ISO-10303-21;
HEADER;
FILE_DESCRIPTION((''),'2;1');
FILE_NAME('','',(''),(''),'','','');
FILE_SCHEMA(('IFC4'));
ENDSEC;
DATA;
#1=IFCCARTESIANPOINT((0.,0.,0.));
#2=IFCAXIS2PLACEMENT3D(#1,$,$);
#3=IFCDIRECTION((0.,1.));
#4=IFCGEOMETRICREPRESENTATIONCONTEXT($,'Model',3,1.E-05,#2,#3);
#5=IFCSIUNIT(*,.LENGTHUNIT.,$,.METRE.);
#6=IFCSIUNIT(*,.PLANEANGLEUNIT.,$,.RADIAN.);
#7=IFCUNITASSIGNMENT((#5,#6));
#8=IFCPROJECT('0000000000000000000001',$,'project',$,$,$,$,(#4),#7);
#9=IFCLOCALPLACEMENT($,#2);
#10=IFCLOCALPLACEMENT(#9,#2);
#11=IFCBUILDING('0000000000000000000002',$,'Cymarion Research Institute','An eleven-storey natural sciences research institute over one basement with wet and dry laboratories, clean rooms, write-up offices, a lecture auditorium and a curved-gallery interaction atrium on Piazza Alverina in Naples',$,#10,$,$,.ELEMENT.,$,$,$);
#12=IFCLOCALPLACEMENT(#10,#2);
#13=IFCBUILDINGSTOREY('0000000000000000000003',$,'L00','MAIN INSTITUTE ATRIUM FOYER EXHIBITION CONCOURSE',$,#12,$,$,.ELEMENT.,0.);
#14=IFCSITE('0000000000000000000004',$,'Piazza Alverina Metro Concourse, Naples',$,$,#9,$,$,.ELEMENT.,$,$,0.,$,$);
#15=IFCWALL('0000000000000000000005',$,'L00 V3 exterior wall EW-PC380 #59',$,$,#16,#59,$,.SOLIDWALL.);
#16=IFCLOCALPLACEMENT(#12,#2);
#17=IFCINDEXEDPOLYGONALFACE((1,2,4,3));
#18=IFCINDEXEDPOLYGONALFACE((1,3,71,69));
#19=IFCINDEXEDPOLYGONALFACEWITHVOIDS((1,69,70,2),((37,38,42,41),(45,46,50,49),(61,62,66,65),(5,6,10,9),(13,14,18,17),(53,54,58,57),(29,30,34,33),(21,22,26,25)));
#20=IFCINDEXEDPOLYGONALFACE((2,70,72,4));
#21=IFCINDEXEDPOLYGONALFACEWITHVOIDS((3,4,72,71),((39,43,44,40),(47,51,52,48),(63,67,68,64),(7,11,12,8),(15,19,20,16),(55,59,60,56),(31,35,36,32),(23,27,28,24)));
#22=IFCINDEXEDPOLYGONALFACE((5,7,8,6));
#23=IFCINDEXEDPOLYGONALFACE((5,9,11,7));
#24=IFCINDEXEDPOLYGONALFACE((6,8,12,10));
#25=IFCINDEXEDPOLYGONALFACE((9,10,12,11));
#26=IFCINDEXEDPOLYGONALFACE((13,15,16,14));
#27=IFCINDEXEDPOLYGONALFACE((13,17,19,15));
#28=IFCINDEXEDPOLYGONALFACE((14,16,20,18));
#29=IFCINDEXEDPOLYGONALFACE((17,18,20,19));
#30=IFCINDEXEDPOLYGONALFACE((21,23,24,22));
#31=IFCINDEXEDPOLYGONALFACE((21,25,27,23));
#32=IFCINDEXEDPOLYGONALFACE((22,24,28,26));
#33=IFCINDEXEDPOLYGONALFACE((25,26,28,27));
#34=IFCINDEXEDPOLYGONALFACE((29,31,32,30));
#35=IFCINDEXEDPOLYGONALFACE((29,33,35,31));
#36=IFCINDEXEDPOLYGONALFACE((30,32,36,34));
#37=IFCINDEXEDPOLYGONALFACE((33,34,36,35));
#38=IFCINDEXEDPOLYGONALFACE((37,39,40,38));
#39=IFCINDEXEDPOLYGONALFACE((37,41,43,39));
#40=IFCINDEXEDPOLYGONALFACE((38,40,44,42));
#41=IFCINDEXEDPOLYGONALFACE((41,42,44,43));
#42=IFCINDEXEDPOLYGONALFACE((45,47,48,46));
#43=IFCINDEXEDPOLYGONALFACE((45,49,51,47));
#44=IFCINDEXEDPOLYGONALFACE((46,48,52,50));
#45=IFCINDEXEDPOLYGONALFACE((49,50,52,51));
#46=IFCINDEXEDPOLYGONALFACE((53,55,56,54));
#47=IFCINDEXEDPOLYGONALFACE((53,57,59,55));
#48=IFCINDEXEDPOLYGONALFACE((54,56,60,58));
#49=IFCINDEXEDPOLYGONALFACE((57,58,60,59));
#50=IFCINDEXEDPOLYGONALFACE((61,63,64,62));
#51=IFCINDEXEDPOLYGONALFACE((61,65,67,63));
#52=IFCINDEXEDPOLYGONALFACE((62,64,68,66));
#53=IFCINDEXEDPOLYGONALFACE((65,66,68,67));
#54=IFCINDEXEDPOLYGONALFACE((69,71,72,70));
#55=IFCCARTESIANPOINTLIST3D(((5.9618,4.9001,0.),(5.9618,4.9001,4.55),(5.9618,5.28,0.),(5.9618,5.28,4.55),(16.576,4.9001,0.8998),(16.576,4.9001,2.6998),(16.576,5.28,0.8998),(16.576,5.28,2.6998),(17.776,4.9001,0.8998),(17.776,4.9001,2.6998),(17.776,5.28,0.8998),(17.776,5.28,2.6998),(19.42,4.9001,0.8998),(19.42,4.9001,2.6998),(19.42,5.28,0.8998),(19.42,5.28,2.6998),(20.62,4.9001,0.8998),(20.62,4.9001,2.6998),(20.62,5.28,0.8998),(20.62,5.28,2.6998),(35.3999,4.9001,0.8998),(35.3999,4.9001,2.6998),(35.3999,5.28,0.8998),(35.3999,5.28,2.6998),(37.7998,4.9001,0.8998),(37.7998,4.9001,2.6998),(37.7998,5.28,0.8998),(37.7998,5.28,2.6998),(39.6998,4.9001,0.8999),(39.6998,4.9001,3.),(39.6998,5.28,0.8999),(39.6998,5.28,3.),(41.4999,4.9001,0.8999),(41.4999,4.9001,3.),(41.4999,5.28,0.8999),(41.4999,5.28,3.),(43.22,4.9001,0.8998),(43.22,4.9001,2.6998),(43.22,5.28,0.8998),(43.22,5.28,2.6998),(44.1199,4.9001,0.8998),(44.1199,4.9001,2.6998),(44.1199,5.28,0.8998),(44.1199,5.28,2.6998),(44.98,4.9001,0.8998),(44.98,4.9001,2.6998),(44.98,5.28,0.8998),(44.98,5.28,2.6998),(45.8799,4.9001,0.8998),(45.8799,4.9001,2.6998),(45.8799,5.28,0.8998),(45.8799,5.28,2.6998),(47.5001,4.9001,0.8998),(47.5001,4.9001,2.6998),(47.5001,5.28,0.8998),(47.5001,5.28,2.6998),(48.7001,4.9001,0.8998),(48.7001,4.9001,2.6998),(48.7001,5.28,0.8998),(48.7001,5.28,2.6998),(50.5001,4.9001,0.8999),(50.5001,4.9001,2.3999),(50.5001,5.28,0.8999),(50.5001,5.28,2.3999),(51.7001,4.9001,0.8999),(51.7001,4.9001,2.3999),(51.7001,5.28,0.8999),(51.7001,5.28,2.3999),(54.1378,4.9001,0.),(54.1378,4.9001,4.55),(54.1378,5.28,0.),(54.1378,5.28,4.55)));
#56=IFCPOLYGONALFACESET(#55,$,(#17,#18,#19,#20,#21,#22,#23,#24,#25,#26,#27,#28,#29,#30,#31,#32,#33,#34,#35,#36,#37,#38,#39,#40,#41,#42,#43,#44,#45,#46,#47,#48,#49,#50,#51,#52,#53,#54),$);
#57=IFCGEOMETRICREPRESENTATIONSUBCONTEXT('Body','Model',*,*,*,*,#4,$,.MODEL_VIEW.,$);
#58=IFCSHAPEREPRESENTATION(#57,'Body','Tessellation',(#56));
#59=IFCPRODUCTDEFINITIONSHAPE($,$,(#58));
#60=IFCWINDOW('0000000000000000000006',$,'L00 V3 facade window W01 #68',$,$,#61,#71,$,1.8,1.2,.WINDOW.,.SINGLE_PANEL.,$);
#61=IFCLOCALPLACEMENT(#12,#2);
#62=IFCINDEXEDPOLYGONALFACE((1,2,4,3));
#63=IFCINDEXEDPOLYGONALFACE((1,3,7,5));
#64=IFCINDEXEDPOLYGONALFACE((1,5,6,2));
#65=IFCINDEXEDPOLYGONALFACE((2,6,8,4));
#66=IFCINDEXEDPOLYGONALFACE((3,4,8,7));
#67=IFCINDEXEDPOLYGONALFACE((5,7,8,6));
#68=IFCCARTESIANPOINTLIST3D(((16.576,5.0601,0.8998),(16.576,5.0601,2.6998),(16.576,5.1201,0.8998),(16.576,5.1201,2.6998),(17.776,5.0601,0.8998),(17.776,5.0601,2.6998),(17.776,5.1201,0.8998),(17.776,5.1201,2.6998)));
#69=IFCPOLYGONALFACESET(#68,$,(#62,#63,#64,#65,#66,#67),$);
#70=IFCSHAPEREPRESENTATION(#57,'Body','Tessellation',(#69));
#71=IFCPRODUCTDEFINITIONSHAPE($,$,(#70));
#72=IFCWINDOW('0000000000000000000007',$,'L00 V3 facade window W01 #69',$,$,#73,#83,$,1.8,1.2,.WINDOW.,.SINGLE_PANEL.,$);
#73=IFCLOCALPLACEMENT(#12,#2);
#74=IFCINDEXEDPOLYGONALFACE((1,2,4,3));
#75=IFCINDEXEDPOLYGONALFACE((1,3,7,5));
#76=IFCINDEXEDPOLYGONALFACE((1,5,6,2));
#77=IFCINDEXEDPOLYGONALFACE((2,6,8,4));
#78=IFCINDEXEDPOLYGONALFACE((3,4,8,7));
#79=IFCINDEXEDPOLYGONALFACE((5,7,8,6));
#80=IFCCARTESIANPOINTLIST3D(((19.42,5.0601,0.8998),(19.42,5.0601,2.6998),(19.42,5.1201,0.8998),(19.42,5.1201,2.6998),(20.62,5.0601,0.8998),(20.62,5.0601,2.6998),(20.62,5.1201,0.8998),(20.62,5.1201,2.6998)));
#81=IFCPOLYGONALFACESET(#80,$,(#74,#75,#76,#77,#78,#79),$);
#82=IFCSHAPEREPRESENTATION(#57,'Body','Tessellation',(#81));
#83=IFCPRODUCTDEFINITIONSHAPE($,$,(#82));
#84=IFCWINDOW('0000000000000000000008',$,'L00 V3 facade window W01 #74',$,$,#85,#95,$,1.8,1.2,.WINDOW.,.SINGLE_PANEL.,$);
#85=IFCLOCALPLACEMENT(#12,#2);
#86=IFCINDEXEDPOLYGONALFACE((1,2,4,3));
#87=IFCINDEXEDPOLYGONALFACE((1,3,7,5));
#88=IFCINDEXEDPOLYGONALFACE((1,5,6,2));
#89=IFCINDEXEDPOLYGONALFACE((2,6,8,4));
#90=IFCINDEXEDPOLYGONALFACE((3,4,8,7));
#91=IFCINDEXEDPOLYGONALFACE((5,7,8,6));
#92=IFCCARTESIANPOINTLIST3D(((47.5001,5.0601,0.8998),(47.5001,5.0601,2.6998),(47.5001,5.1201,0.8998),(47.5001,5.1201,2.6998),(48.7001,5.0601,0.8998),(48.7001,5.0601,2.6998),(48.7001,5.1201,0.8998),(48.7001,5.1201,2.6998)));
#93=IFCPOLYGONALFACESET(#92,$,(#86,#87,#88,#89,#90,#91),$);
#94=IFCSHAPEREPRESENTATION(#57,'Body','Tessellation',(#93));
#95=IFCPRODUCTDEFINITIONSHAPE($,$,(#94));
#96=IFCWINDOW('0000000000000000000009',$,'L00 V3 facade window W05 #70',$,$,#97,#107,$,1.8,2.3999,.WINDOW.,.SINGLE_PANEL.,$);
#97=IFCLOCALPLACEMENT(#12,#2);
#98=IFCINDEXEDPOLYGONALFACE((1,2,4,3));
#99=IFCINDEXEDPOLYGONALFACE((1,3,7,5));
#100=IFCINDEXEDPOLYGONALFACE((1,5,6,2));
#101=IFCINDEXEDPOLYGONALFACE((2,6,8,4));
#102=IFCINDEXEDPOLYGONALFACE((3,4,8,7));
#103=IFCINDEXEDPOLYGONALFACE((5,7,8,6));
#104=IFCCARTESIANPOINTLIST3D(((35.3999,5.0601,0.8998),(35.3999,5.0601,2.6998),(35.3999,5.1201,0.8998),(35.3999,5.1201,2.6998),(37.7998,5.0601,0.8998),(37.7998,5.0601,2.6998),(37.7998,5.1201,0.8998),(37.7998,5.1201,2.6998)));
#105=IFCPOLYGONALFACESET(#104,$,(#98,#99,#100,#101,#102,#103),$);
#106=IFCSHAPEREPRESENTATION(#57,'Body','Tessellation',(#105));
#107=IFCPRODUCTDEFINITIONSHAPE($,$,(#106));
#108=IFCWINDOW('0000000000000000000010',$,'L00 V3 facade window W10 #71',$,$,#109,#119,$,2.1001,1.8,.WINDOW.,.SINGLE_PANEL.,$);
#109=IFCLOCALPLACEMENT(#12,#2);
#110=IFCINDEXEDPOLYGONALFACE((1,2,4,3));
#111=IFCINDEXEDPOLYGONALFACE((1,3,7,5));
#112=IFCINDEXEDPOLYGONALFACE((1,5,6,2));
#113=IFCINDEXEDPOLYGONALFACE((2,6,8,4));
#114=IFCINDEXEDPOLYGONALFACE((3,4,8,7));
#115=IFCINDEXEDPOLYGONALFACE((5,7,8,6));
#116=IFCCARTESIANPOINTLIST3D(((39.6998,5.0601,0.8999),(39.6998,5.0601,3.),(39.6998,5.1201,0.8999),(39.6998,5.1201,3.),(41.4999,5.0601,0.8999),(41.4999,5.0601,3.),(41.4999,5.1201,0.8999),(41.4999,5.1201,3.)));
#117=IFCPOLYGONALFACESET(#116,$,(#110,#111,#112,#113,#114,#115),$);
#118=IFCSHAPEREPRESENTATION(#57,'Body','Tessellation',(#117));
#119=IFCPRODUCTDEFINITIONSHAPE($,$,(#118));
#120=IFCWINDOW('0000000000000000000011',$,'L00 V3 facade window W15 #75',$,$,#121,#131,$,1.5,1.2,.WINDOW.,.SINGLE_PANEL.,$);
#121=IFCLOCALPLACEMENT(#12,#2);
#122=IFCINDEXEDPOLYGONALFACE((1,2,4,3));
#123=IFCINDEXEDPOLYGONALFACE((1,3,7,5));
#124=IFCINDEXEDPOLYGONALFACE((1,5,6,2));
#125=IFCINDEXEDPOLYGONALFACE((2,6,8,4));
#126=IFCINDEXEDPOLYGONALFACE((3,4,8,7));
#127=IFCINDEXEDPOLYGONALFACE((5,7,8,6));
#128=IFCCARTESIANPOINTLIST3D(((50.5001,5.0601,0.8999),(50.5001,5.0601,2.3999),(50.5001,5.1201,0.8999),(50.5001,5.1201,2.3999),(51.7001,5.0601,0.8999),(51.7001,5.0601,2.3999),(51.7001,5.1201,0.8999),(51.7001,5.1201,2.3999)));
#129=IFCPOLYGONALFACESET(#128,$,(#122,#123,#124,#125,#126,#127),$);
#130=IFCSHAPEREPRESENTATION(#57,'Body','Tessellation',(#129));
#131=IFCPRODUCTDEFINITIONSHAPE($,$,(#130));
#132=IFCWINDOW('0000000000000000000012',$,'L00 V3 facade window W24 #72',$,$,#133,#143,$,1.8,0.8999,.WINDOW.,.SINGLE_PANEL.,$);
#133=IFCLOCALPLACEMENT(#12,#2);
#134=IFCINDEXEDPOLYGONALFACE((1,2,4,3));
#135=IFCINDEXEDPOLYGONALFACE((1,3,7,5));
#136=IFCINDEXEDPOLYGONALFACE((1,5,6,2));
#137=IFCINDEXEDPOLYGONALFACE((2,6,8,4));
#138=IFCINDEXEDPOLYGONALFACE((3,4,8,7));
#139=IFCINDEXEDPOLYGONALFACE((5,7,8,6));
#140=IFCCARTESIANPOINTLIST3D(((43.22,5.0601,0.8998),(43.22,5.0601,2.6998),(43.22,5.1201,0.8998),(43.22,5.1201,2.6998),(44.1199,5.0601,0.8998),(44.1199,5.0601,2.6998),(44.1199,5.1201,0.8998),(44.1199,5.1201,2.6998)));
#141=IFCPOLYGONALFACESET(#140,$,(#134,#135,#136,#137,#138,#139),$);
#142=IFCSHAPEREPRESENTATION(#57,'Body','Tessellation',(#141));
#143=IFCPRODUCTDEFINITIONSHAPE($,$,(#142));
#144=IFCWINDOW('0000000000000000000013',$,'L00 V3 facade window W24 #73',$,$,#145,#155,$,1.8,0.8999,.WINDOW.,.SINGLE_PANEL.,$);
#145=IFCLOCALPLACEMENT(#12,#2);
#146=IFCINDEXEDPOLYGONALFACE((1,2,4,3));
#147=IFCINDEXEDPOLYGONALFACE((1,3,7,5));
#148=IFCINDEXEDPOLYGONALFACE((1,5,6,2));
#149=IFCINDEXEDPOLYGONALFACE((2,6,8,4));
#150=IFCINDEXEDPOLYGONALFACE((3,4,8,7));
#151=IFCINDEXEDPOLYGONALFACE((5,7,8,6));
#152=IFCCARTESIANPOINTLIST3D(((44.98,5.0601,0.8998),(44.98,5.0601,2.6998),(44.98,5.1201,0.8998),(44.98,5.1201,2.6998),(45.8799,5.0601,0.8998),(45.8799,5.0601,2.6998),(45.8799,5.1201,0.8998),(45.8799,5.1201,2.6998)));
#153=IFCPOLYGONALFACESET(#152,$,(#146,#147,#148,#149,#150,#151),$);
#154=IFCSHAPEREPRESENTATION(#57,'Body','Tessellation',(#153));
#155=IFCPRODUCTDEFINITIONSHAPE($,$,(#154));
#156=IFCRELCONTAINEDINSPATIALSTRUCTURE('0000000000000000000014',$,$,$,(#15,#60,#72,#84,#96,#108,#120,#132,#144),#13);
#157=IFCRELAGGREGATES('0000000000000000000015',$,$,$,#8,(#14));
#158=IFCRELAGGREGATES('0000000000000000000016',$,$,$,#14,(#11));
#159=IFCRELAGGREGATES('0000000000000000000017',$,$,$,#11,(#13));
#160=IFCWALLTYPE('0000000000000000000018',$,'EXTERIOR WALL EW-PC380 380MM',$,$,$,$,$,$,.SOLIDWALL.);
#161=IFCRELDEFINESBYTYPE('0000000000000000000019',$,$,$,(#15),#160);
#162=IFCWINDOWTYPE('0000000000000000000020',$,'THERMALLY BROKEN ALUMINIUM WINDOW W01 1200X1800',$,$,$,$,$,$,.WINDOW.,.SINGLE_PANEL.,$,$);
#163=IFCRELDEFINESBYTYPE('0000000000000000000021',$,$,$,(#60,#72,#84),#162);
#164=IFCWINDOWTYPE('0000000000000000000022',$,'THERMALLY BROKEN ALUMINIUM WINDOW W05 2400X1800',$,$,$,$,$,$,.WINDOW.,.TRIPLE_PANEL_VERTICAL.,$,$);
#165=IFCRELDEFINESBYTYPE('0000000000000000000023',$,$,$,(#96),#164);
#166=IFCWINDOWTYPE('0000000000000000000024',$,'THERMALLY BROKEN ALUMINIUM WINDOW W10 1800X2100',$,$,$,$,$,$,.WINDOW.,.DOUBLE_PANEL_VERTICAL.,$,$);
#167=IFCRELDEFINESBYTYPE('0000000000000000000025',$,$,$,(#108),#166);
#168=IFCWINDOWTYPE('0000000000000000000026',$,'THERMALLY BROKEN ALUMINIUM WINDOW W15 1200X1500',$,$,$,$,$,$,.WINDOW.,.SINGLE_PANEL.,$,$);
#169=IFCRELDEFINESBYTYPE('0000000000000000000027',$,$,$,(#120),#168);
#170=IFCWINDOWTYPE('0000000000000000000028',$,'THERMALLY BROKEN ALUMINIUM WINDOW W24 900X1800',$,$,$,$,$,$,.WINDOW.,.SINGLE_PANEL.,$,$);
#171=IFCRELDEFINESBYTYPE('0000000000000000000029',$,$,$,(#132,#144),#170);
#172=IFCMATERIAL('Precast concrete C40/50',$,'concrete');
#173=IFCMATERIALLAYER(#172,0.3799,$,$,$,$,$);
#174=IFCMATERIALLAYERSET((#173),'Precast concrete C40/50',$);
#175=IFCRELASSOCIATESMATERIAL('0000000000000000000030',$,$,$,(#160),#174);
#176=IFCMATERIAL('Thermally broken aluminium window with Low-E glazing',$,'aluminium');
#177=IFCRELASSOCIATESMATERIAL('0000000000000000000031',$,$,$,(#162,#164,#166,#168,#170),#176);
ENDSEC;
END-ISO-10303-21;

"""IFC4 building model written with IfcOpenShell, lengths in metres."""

from ifc_helpers import new_model, si_unit, direction, frame, frame_2d, origin, place, context, subcontext, project, spatial, rectangle, extrude, material, layer, layer_set, type_object, element, fill, save


model = new_model("IFC4")

# Units and contexts
model_context = context("Model", 3, precision=1e-05, world=origin(), true_north=direction((0.0, 1.0)))
body_context = subcontext(model_context, "Body", "Model", "MODEL_VIEW")
ifc_project = project(units=[si_unit("LENGTHUNIT", "METRE"), si_unit("PLANEANGLEUNIT", "RADIAN")], contexts=[model_context])

# Site, building, storey
site_placement = place(None, origin())
site = spatial("IfcSite", under=ifc_project, at=site_placement, Name="Piazza Alverina Metro Concourse, Naples", CompositionType="ELEMENT", RefElevation=0.0)
building_placement = place(site_placement, origin())
building = spatial("IfcBuilding", under=site, at=building_placement, Name="Cymarion Research Institute", Description="An eleven-storey natural sciences research institute over one basement with wet and dry laboratories, clean rooms, write-up offices, a lecture auditorium and a curved-gallery interaction atrium on Piazza Alverina in Naples", CompositionType="ELEMENT")
storey_placement = place(building_placement, origin())
storey = spatial("IfcBuildingStorey", under=building, at=storey_placement, Name="L00", Description="MAIN INSTITUTE ATRIUM FOYER EXHIBITION CONCOURSE", CompositionType="ELEMENT", Elevation=0.0)

# Wall, openings, windows
ifc_material_1 = material(Name="Precast concrete C40/50", Category="concrete")
ifc_layer_1 = layer(ifc_material_1, 0.3799)
ifc_layer_set_1 = layer_set([ifc_layer_1], Name="Precast concrete C40/50")
wall_type = type_object("IfcWallType", Name="EXTERIOR WALL EW-PC380 380MM", PredefinedType="SOLIDWALL", material=ifc_layer_set_1)
wall_placement = place(storey_placement, frame((5.9619, 5.0901, 0.0), z_axis=(0.0, 0.0, 1.0), x_axis=(1.0, 0.0, 0.0)))
wall = element("IfcWall", 1, at=wall_placement, inside=storey, type_object=wall_type, Name="L00 V3 exterior wall EW-PC380 #59", PredefinedType="SOLIDWALL", context=body_context, shape_type="SweptSolid", body=[
    extrude(rectangle(XDim=48.176, YDim=0.3799, at=frame_2d((24.0879, 0.0))), origin(), (0.0, 0.0, 1.0), 4.55),
])
opening_1_placement = place(wall_placement, frame((10.614, 0.0, 0.8999)))
opening_1 = element("IfcOpeningElement", 2, at=opening_1_placement, cuts=wall, PredefinedType="OPENING", context=body_context, shape_type="SweptSolid", body=[
    extrude(rectangle(XDim=1.2, YDim=1.8, at=frame_2d((0.6001, 0.8999))), frame((0.0, 0.2, 0.0), z_axis=(0.0, -1.0, 0.0), x_axis=(1.0, 0.0, 0.0)), (0.0, 0.0, 1.0), 0.3999),
])
opening_2_placement = place(wall_placement, frame((13.458, 0.0, 0.8999)))
opening_2 = element("IfcOpeningElement", 3, at=opening_2_placement, cuts=wall, PredefinedType="OPENING", context=body_context, shape_type="SweptSolid", body=[
    extrude(rectangle(XDim=1.2, YDim=1.8, at=frame_2d((0.6001, 0.8999))), frame((0.0, 0.2, 0.0), z_axis=(0.0, -1.0, 0.0), x_axis=(1.0, 0.0, 0.0)), (0.0, 0.0, 1.0), 0.3999),
])
opening_3_placement = place(wall_placement, frame((29.438, 0.0, 0.8999)))
opening_3 = element("IfcOpeningElement", 4, at=opening_3_placement, cuts=wall, PredefinedType="OPENING", context=body_context, shape_type="SweptSolid", body=[
    extrude(rectangle(XDim=2.3999, YDim=1.8, at=frame_2d((1.2, 0.8999))), frame((0.0, 0.2, 0.0), z_axis=(0.0, -1.0, 0.0), x_axis=(1.0, 0.0, 0.0)), (0.0, 0.0, 1.0), 0.3999),
])
opening_4_placement = place(wall_placement, frame((33.738, 0.0, 0.8999)))
opening_4 = element("IfcOpeningElement", 5, at=opening_4_placement, cuts=wall, PredefinedType="OPENING", context=body_context, shape_type="SweptSolid", body=[
    extrude(rectangle(XDim=1.8, YDim=2.1001, at=frame_2d((0.8999, 1.05))), frame((0.0, 0.2, 0.0), z_axis=(0.0, -1.0, 0.0), x_axis=(1.0, 0.0, 0.0)), (0.0, 0.0, 1.0), 0.3999),
])
opening_5_placement = place(wall_placement, frame((37.2581, 0.0, 0.8999)))
opening_5 = element("IfcOpeningElement", 6, at=opening_5_placement, cuts=wall, PredefinedType="OPENING", context=body_context, shape_type="SweptSolid", body=[
    extrude(rectangle(XDim=0.8999, YDim=1.8, at=frame_2d((0.45, 0.8999))), frame((0.0, 0.2, 0.0), z_axis=(0.0, -1.0, 0.0), x_axis=(1.0, 0.0, 0.0)), (0.0, 0.0, 1.0), 0.3999),
])
opening_6_placement = place(wall_placement, frame((39.0181, 0.0, 0.8999)))
opening_6 = element("IfcOpeningElement", 7, at=opening_6_placement, cuts=wall, PredefinedType="OPENING", context=body_context, shape_type="SweptSolid", body=[
    extrude(rectangle(XDim=0.8999, YDim=1.8, at=frame_2d((0.45, 0.8999))), frame((0.0, 0.2, 0.0), z_axis=(0.0, -1.0, 0.0), x_axis=(1.0, 0.0, 0.0)), (0.0, 0.0, 1.0), 0.3999),
])
opening_7_placement = place(wall_placement, frame((41.5381, 0.0, 0.8999)))
opening_7 = element("IfcOpeningElement", 8, at=opening_7_placement, cuts=wall, PredefinedType="OPENING", context=body_context, shape_type="SweptSolid", body=[
    extrude(rectangle(XDim=1.2, YDim=1.8, at=frame_2d((0.6001, 0.8999))), frame((0.0, 0.2, 0.0), z_axis=(0.0, -1.0, 0.0), x_axis=(1.0, 0.0, 0.0)), (0.0, 0.0, 1.0), 0.3999),
])
opening_8_placement = place(wall_placement, frame((44.5381, 0.0, 0.8999)))
opening_8 = element("IfcOpeningElement", 9, at=opening_8_placement, cuts=wall, PredefinedType="OPENING", context=body_context, shape_type="SweptSolid", body=[
    extrude(rectangle(XDim=1.2, YDim=1.5, at=frame_2d((0.6001, 0.75))), frame((0.0, 0.2, 0.0), z_axis=(0.0, -1.0, 0.0), x_axis=(1.0, 0.0, 0.0)), (0.0, 0.0, 1.0), 0.3999),
])
ifc_material_2 = material(Name="Thermally broken aluminium window with Low-E glazing", Category="aluminium")
window_type_1 = type_object("IfcWindowType", Name="THERMALLY BROKEN ALUMINIUM WINDOW W01 1200X1800", PartitioningType="SINGLE_PANEL", PredefinedType="WINDOW", material=ifc_material_2)
window_1_placement = place(opening_1_placement, origin())
window_1 = element("IfcWindow", 10, at=window_1_placement, inside=storey, type_object=window_type_1, Name="L00 V3 facade window W01 #68", OverallHeight=1.8, OverallWidth=1.2, PartitioningType="SINGLE_PANEL", PredefinedType="WINDOW", context=body_context, shape_type="SweptSolid", body=[
    extrude(rectangle(XDim=1.2, YDim=1.8, at=frame_2d((0.6001, 0.8999))), frame((0.0, 0.03, 0.0), z_axis=(0.0, -1.0, 0.0), x_axis=(1.0, 0.0, 0.0)), (0.0, 0.0, 1.0), 0.0601),
])
fill(opening_1, window_1)
window_2_placement = place(opening_2_placement, origin())
window_2 = element("IfcWindow", 11, at=window_2_placement, inside=storey, type_object=window_type_1, Name="L00 V3 facade window W01 #69", OverallHeight=1.8, OverallWidth=1.2, PartitioningType="SINGLE_PANEL", PredefinedType="WINDOW", context=body_context, shape_type="SweptSolid", body=[
    extrude(rectangle(XDim=1.2, YDim=1.8, at=frame_2d((0.6001, 0.8999))), frame((0.0, 0.03, 0.0), z_axis=(0.0, -1.0, 0.0), x_axis=(1.0, 0.0, 0.0)), (0.0, 0.0, 1.0), 0.0601),
])
fill(opening_2, window_2)
window_3_placement = place(opening_7_placement, origin())
window_3 = element("IfcWindow", 12, at=window_3_placement, inside=storey, type_object=window_type_1, Name="L00 V3 facade window W01 #74", OverallHeight=1.8, OverallWidth=1.2, PartitioningType="SINGLE_PANEL", PredefinedType="WINDOW", context=body_context, shape_type="SweptSolid", body=[
    extrude(rectangle(XDim=1.2, YDim=1.8, at=frame_2d((0.6001, 0.8999))), frame((0.0, 0.03, 0.0), z_axis=(0.0, -1.0, 0.0), x_axis=(1.0, 0.0, 0.0)), (0.0, 0.0, 1.0), 0.0601),
])
fill(opening_7, window_3)
window_type_2 = type_object("IfcWindowType", Name="THERMALLY BROKEN ALUMINIUM WINDOW W05 2400X1800", PartitioningType="TRIPLE_PANEL_VERTICAL", PredefinedType="WINDOW", material=ifc_material_2)
window_4_placement = place(opening_3_placement, origin())
window_4 = element("IfcWindow", 13, at=window_4_placement, inside=storey, type_object=window_type_2, Name="L00 V3 facade window W05 #70", OverallHeight=1.8, OverallWidth=2.3999, PartitioningType="SINGLE_PANEL", PredefinedType="WINDOW", context=body_context, shape_type="SweptSolid", body=[
    extrude(rectangle(XDim=2.3999, YDim=1.8, at=frame_2d((1.2, 0.8999))), frame((0.0, 0.03, 0.0), z_axis=(0.0, -1.0, 0.0), x_axis=(1.0, 0.0, 0.0)), (0.0, 0.0, 1.0), 0.0601),
])
fill(opening_3, window_4)
window_type_3 = type_object("IfcWindowType", Name="THERMALLY BROKEN ALUMINIUM WINDOW W10 1800X2100", PartitioningType="DOUBLE_PANEL_VERTICAL", PredefinedType="WINDOW", material=ifc_material_2)
window_5_placement = place(opening_4_placement, origin())
window_5 = element("IfcWindow", 14, at=window_5_placement, inside=storey, type_object=window_type_3, Name="L00 V3 facade window W10 #71", OverallHeight=2.1001, OverallWidth=1.8, PartitioningType="SINGLE_PANEL", PredefinedType="WINDOW", context=body_context, shape_type="SweptSolid", body=[
    extrude(rectangle(XDim=1.8, YDim=2.1001, at=frame_2d((0.8999, 1.05))), frame((0.0, 0.03, 0.0), z_axis=(0.0, -1.0, 0.0), x_axis=(1.0, 0.0, 0.0)), (0.0, 0.0, 1.0), 0.0601),
])
fill(opening_4, window_5)
window_type_4 = type_object("IfcWindowType", Name="THERMALLY BROKEN ALUMINIUM WINDOW W15 1200X1500", PartitioningType="SINGLE_PANEL", PredefinedType="WINDOW", material=ifc_material_2)
window_6_placement = place(opening_8_placement, origin())
window_6 = element("IfcWindow", 15, at=window_6_placement, inside=storey, type_object=window_type_4, Name="L00 V3 facade window W15 #75", OverallHeight=1.5, OverallWidth=1.2, PartitioningType="SINGLE_PANEL", PredefinedType="WINDOW", context=body_context, shape_type="SweptSolid", body=[
    extrude(rectangle(XDim=1.2, YDim=1.5, at=frame_2d((0.6001, 0.75))), frame((0.0, 0.03, 0.0), z_axis=(0.0, -1.0, 0.0), x_axis=(1.0, 0.0, 0.0)), (0.0, 0.0, 1.0), 0.0601),
])
fill(opening_8, window_6)
window_type_5 = type_object("IfcWindowType", Name="THERMALLY BROKEN ALUMINIUM WINDOW W24 900X1800", PartitioningType="SINGLE_PANEL", PredefinedType="WINDOW", material=ifc_material_2)
window_7_placement = place(opening_5_placement, origin())
window_7 = element("IfcWindow", 16, at=window_7_placement, inside=storey, type_object=window_type_5, Name="L00 V3 facade window W24 #72", OverallHeight=1.8, OverallWidth=0.8999, PartitioningType="SINGLE_PANEL", PredefinedType="WINDOW", context=body_context, shape_type="SweptSolid", body=[
    extrude(rectangle(XDim=0.8999, YDim=1.8, at=frame_2d((0.45, 0.8999))), frame((0.0, 0.03, 0.0), z_axis=(0.0, -1.0, 0.0), x_axis=(1.0, 0.0, 0.0)), (0.0, 0.0, 1.0), 0.0601),
])
fill(opening_5, window_7)
window_8_placement = place(opening_6_placement, origin())
window_8 = element("IfcWindow", 17, at=window_8_placement, inside=storey, type_object=window_type_5, Name="L00 V3 facade window W24 #73", OverallHeight=1.8, OverallWidth=0.8999, PartitioningType="SINGLE_PANEL", PredefinedType="WINDOW", context=body_context, shape_type="SweptSolid", body=[
    extrude(rectangle(XDim=0.8999, YDim=1.8, at=frame_2d((0.45, 0.8999))), frame((0.0, 0.03, 0.0), z_axis=(0.0, -1.0, 0.0), x_axis=(1.0, 0.0, 0.0)), (0.0, 0.0, 1.0), 0.0601),
])
fill(opening_6, window_8)

save(model, "model.ifc")
